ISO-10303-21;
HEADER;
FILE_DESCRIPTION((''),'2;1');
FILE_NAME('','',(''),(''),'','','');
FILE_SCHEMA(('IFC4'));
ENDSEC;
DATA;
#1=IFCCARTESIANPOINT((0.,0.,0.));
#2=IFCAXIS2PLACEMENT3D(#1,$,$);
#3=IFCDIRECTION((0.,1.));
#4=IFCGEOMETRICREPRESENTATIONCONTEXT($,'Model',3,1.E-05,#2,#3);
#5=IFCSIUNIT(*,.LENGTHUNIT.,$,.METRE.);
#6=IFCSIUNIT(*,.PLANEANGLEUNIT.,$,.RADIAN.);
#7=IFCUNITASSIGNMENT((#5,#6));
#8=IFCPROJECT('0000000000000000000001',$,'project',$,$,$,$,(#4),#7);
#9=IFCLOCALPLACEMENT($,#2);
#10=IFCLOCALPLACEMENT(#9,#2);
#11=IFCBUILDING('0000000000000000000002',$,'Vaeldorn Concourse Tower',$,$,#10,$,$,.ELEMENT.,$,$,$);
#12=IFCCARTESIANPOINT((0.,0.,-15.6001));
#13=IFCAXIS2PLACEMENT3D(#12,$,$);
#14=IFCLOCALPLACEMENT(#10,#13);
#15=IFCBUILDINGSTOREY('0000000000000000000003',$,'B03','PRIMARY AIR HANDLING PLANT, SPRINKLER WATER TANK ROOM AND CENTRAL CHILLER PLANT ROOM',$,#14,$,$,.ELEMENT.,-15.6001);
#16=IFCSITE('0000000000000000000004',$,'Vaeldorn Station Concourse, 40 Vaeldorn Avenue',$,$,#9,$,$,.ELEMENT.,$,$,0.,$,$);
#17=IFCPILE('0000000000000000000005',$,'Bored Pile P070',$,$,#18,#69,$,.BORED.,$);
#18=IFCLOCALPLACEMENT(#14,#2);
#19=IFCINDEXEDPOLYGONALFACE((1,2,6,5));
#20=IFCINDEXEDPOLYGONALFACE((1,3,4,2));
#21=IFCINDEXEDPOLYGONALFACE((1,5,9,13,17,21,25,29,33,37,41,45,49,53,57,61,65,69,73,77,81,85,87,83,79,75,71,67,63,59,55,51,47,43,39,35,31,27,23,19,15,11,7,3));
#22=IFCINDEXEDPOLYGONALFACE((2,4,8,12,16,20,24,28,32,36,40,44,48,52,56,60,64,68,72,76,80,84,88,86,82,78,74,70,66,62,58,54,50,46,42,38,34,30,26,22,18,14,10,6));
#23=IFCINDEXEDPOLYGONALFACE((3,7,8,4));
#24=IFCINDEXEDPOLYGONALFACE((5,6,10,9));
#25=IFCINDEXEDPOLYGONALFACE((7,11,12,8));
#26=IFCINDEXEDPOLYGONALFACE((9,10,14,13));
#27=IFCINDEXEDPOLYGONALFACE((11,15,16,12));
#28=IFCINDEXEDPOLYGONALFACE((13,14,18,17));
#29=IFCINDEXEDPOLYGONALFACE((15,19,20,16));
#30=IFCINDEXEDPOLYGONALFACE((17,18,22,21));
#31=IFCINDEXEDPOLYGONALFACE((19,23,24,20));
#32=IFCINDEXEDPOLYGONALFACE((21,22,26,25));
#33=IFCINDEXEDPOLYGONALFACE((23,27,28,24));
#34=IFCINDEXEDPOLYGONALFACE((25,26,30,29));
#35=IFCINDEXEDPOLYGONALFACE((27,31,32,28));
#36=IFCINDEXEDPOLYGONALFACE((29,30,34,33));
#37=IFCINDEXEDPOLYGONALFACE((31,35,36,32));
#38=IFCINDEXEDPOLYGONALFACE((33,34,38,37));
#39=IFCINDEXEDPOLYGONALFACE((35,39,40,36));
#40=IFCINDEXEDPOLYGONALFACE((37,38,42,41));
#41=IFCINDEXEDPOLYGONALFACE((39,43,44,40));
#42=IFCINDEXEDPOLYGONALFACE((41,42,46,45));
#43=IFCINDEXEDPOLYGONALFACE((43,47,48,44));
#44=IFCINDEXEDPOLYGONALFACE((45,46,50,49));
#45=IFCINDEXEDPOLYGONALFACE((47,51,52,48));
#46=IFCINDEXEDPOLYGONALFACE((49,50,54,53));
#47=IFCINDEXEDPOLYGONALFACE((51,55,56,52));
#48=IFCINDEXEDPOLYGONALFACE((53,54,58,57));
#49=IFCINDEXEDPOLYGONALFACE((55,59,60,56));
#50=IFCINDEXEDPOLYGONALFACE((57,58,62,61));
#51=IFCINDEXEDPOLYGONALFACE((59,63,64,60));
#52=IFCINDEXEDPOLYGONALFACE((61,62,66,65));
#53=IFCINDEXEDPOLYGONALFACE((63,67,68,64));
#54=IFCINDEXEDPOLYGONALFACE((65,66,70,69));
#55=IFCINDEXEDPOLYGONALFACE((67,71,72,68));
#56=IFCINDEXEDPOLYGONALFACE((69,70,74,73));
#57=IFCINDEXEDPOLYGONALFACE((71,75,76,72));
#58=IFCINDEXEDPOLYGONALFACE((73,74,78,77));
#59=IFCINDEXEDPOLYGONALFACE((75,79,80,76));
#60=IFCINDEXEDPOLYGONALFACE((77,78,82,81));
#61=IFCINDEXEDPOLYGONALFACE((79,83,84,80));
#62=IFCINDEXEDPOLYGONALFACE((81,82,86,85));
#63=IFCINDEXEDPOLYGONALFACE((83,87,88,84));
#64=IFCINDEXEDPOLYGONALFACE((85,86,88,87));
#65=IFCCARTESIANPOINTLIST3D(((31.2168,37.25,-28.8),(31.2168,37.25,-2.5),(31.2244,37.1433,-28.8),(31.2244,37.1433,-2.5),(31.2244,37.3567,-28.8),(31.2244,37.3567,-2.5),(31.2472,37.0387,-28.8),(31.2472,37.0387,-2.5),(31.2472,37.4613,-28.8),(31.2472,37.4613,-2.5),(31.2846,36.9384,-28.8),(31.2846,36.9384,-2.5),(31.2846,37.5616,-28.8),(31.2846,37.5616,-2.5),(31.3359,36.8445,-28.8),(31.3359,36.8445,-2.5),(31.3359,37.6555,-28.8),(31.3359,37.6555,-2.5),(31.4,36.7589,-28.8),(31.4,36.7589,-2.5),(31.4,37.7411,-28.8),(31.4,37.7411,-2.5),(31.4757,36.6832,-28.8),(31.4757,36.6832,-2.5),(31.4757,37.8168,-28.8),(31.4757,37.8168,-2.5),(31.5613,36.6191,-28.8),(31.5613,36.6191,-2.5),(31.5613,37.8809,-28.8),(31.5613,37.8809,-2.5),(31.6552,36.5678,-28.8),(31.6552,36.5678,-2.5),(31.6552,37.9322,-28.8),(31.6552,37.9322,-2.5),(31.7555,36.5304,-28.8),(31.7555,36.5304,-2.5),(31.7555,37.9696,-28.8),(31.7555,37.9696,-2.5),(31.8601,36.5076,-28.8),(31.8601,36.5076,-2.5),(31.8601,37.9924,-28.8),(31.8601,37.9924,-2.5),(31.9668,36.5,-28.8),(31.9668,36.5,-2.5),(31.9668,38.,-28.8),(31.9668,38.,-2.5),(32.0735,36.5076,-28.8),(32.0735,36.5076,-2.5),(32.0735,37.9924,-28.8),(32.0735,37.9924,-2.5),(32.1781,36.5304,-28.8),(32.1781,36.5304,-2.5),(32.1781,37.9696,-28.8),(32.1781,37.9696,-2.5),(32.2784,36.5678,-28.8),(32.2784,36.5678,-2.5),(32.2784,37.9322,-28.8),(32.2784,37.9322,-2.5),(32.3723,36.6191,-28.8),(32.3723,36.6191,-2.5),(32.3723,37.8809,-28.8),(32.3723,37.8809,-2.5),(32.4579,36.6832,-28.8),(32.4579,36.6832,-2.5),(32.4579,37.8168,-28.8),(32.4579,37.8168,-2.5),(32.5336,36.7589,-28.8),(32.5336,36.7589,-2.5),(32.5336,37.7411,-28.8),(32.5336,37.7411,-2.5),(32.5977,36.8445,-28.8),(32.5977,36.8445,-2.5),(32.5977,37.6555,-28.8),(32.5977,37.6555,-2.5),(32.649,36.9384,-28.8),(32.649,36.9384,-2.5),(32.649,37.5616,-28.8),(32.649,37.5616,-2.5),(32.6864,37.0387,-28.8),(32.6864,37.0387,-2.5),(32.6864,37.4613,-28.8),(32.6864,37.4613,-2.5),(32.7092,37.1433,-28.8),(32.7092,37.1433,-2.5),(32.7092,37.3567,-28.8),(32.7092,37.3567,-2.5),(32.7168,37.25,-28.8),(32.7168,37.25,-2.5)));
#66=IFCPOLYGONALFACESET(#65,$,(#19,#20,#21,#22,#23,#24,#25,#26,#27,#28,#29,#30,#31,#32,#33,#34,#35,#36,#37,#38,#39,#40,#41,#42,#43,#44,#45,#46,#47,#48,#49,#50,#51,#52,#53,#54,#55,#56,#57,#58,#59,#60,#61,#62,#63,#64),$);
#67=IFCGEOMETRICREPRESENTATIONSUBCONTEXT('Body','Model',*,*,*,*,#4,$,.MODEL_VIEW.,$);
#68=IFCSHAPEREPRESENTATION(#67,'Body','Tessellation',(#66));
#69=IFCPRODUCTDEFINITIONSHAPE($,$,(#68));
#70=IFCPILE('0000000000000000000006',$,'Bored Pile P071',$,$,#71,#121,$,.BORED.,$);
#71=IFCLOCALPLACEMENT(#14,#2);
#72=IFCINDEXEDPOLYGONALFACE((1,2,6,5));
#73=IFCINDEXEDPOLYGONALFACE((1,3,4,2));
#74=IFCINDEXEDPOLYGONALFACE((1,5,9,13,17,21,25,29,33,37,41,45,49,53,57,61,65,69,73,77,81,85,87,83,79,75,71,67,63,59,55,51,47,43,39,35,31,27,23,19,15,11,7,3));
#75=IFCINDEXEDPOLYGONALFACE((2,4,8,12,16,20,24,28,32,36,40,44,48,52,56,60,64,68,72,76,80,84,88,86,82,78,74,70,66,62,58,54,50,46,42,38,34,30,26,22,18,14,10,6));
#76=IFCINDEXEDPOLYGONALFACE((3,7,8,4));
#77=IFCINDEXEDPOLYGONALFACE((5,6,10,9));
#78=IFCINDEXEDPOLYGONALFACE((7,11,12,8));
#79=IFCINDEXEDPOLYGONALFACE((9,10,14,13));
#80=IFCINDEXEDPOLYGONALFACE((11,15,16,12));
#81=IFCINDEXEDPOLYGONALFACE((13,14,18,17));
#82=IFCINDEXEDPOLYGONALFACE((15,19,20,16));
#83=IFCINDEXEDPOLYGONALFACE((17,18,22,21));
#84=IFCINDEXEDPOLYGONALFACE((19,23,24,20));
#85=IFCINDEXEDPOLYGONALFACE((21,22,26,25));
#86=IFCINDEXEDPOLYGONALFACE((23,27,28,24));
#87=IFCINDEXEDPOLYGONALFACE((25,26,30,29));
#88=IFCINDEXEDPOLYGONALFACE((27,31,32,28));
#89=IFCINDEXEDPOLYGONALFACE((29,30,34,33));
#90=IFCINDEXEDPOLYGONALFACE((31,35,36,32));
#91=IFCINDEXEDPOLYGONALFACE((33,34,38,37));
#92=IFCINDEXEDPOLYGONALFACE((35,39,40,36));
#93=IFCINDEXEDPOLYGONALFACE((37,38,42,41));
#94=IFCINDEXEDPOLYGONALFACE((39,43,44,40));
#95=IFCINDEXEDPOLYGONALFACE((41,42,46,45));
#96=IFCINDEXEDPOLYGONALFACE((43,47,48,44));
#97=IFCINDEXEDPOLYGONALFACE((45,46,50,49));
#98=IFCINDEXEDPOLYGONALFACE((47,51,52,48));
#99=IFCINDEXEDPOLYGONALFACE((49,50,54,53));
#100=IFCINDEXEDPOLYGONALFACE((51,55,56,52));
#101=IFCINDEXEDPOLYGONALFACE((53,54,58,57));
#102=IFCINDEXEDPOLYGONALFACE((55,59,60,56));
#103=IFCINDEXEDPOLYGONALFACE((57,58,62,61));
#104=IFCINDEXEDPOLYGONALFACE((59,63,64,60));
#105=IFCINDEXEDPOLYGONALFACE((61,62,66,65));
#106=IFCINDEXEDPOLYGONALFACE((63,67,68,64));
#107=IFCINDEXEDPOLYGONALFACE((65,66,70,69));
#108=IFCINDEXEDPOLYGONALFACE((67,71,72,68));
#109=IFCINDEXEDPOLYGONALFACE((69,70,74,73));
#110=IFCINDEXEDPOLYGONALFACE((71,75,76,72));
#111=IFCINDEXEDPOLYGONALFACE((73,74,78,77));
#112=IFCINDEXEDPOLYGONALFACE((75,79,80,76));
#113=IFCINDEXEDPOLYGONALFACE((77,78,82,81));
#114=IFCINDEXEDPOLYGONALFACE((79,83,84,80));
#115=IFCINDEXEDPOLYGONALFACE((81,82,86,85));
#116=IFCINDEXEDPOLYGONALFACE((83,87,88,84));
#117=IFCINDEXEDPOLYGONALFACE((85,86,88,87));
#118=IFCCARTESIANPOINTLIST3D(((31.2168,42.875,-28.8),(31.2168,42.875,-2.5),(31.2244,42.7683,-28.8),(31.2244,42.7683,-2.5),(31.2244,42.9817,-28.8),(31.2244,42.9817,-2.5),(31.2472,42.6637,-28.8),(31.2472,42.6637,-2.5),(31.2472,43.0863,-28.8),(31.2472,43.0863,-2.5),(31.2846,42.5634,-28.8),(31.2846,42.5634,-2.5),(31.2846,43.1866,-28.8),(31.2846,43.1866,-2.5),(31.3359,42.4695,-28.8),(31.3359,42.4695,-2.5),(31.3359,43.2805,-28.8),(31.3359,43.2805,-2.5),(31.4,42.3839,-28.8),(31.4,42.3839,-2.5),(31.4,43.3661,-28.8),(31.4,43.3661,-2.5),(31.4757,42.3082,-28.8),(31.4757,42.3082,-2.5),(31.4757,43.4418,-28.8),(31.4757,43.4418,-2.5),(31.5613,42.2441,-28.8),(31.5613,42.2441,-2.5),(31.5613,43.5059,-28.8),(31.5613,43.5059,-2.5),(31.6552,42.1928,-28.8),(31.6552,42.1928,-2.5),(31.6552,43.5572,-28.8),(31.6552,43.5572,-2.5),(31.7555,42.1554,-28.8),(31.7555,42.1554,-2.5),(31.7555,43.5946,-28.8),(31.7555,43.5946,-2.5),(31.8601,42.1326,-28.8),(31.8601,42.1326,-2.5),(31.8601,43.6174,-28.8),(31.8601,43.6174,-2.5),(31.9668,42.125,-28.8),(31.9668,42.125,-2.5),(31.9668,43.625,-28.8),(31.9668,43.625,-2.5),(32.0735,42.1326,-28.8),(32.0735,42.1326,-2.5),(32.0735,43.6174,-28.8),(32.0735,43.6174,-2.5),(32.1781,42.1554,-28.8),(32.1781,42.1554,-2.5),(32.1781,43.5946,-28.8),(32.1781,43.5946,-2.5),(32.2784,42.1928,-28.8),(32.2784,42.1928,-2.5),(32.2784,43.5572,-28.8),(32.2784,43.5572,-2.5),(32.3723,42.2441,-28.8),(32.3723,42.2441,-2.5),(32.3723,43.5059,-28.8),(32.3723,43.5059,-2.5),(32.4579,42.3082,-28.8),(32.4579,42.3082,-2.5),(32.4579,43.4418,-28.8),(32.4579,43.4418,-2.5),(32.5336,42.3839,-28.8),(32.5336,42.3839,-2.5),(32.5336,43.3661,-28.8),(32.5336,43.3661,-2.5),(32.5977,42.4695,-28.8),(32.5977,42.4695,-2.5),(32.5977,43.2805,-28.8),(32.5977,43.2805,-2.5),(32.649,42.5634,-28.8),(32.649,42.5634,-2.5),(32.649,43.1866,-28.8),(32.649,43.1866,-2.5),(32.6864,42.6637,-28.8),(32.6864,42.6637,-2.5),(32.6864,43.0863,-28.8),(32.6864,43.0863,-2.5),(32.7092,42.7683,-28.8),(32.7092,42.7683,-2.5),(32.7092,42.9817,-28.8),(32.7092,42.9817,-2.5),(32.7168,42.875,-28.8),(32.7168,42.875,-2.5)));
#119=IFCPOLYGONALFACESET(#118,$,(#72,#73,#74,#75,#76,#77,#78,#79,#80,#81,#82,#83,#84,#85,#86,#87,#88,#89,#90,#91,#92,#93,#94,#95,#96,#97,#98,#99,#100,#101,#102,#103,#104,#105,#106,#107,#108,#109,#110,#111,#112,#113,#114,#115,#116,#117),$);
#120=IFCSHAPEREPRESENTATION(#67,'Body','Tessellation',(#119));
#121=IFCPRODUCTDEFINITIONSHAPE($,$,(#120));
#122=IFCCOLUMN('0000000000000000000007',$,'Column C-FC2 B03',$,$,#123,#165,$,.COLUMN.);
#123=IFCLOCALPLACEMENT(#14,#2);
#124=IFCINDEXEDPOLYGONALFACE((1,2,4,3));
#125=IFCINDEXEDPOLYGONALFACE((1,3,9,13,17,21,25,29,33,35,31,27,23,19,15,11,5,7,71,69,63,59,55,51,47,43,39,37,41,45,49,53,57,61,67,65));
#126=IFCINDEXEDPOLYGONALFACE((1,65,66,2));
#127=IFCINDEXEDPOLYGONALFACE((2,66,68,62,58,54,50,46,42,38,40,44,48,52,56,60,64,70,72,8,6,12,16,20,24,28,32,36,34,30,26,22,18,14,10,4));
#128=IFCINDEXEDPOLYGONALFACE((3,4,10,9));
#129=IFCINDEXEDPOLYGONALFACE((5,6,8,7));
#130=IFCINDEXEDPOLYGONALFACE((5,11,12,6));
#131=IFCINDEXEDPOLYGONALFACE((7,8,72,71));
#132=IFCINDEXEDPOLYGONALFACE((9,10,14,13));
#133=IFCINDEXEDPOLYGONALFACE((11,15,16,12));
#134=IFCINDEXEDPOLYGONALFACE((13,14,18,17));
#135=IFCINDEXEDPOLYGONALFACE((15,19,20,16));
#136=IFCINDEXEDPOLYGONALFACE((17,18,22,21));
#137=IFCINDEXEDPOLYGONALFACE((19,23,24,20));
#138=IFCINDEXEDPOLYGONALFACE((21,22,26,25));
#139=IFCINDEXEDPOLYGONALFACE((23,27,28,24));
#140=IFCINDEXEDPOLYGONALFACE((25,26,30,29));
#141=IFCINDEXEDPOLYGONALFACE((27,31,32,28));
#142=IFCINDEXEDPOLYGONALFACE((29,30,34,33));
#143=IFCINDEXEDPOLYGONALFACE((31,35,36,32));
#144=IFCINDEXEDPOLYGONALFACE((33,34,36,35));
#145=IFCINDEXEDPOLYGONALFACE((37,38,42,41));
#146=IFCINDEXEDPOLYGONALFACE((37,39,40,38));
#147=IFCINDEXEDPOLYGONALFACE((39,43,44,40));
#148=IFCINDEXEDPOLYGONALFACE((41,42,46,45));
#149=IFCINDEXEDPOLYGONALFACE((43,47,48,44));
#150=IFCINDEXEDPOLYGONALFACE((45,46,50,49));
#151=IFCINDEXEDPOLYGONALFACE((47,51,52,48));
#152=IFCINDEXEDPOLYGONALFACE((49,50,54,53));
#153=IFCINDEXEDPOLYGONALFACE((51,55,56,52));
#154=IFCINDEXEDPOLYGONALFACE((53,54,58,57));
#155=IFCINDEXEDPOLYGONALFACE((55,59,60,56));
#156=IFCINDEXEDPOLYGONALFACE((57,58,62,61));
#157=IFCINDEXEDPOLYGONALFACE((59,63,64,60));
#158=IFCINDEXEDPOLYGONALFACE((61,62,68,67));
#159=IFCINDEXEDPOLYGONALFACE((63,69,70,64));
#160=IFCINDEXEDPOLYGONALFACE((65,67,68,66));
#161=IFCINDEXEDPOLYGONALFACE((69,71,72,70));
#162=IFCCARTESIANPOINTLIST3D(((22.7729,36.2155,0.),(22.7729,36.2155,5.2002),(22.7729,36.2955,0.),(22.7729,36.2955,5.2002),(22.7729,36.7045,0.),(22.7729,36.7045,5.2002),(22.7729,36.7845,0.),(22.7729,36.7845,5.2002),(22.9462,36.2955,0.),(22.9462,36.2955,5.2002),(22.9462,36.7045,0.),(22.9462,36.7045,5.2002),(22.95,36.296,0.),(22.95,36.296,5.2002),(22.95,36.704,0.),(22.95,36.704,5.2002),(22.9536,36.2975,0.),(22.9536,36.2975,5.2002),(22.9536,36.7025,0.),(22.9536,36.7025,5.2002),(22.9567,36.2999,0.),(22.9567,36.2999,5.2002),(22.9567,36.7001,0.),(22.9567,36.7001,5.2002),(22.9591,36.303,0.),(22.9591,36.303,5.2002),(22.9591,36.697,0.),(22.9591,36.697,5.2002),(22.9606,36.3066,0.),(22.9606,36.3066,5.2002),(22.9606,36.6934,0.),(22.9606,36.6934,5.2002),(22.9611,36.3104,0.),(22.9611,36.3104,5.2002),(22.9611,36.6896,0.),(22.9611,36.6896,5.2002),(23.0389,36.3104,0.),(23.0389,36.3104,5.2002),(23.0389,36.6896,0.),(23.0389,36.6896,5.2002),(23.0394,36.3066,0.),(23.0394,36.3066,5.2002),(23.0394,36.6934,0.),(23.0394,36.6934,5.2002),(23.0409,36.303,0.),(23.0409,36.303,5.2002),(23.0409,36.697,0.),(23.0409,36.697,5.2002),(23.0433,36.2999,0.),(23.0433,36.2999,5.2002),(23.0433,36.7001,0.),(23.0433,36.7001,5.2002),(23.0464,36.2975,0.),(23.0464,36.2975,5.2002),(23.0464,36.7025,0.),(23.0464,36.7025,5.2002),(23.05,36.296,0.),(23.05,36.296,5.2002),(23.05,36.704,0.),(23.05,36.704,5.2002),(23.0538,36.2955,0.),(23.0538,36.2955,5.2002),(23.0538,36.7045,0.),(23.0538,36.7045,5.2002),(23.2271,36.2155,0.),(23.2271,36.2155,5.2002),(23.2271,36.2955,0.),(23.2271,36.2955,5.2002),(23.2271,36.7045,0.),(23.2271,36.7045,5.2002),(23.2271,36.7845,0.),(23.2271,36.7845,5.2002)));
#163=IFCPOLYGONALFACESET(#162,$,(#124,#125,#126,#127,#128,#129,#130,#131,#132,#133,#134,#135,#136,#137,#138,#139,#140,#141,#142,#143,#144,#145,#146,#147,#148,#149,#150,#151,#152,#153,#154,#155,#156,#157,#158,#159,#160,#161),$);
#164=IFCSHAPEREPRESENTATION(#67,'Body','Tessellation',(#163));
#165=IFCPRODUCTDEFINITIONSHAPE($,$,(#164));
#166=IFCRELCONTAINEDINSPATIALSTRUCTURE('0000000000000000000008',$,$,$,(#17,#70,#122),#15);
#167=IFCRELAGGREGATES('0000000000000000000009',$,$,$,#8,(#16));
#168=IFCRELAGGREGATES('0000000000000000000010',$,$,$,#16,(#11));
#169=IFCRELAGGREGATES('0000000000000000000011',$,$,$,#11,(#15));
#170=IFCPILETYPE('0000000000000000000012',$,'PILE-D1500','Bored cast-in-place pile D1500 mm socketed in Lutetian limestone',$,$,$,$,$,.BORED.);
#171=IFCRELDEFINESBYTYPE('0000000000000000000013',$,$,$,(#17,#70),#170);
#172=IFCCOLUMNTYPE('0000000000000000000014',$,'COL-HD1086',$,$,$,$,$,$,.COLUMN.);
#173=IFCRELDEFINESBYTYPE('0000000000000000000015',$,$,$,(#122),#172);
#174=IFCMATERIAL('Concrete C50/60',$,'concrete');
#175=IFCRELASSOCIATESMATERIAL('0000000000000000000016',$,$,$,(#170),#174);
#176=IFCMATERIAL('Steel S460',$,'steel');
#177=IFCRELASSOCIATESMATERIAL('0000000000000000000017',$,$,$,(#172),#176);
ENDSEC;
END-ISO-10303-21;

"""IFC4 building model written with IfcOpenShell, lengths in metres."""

from ifc_helpers import new_model, si_unit, direction, frame, origin, origin_2d, place, context, subcontext, project, spatial, circle, i_section, extrude, source, transform, mapped, material, material_profile, profile_set, type_object, element, save


model = new_model("IFC4")

# Units and contexts
model_context = context("Model", 3, precision=1e-05, world=origin(), true_north=direction((0.0, 1.0)))
body_context = subcontext(model_context, "Body", "Model", "MODEL_VIEW")
ifc_project = project(units=[si_unit("LENGTHUNIT", "METRE"), si_unit("PLANEANGLEUNIT", "RADIAN")], contexts=[model_context])

# Site, building, storey
site_placement = place(None, origin())
site = spatial("IfcSite", under=ifc_project, at=site_placement, Name="Vaeldorn Station Concourse, 40 Vaeldorn Avenue", CompositionType="ELEMENT", RefElevation=0.0)
building_placement = place(site_placement, origin())
building = spatial("IfcBuilding", under=site, at=building_placement, Name="Vaeldorn Concourse Tower", CompositionType="ELEMENT")
storey_placement = place(building_placement, frame((0.0, 0.0, -15.6001)))
storey = spatial("IfcBuildingStorey", under=building, at=storey_placement, Name="B03", Description="PRIMARY AIR HANDLING PLANT, SPRINKLER WATER TANK ROOM AND CENTRAL CHILLER PLANT ROOM", CompositionType="ELEMENT", Elevation=-15.6001)

# Piles
ifc_material_1 = material(Name="Concrete C50/60", Category="concrete")
ifc_material_profile_1 = material_profile(ifc_material_1, circle(Radius=0.75, at=origin_2d()), Name="BORED PILE D1500")
ifc_profile_set_1 = profile_set([ifc_material_profile_1], Name="Concrete C50/60")
pile_type = type_object("IfcPileType", Name="PILE-D1500", Description="Bored cast-in-place pile D1500 mm socketed in Lutetian limestone", PredefinedType="BORED", material=ifc_profile_set_1)
for number, where, z_axis, x_axis, name in (
    (1, (31.9668, 37.25, -2.5), (0.0, 0.0, -1.0), (1.0, 0.0, 0.0), "Bored Pile P070"),
    (2, (31.9668, 42.875, -2.5), (0.0, 0.0, -1.0), (1.0, 0.0, 0.0), "Bored Pile P071"),
):
    element("IfcPile", number, at=place(storey_placement, frame(where, z_axis=z_axis, x_axis=x_axis)), inside=storey, type_object=pile_type, Name=name, PredefinedType="BORED", context=body_context, shape_type="SweptSolid", body=[
        extrude(circle(Radius=0.75, at=origin_2d()), origin(), (0.0, 0.0, 1.0), 26.3),
    ])

# Column
ifc_material_2 = material(Name="Steel S460", Category="steel")
ifc_material_profile_2 = material_profile(ifc_material_2, i_section(OverallWidth=0.4541, OverallDepth=0.5691, WebThickness=0.0779, FlangeThickness=0.0801, FilletRadius=0.0149, at=origin_2d()), Name="HD 400x1086")
ifc_profile_set_2 = profile_set([ifc_material_profile_2], Name="Steel S460")
column_type = type_object("IfcColumnType", Name="COL-HD1086", PredefinedType="COLUMN", material=ifc_profile_set_2)
shared_shape_1 = source(origin(), body_context, "Body", "SweptSolid", [
    extrude(i_section(OverallWidth=0.4541, OverallDepth=0.5691, WebThickness=0.0779, FlangeThickness=0.0801, FilletRadius=0.0149, at=origin_2d()), origin(), (0.0, 0.0, 1.0), 5.2002),
])
for number, where, z_axis, x_axis, name in (
    (3, (23.0, 36.5, 0.0), (0.0, 0.0, 1.0), (1.0, 0.0, 0.0), "Column C-FC2 B03"),
):
    element("IfcColumn", number, at=place(storey_placement, frame(where, z_axis=z_axis, x_axis=x_axis)), inside=storey, type_object=column_type, Name=name, PredefinedType="COLUMN", context=body_context, shape_type="MappedRepresentation", body=[
        mapped(shared_shape_1, transform((0.0, 0.0, 0.0), scale=1.0)),
    ])

save(model, "model.ifc")
